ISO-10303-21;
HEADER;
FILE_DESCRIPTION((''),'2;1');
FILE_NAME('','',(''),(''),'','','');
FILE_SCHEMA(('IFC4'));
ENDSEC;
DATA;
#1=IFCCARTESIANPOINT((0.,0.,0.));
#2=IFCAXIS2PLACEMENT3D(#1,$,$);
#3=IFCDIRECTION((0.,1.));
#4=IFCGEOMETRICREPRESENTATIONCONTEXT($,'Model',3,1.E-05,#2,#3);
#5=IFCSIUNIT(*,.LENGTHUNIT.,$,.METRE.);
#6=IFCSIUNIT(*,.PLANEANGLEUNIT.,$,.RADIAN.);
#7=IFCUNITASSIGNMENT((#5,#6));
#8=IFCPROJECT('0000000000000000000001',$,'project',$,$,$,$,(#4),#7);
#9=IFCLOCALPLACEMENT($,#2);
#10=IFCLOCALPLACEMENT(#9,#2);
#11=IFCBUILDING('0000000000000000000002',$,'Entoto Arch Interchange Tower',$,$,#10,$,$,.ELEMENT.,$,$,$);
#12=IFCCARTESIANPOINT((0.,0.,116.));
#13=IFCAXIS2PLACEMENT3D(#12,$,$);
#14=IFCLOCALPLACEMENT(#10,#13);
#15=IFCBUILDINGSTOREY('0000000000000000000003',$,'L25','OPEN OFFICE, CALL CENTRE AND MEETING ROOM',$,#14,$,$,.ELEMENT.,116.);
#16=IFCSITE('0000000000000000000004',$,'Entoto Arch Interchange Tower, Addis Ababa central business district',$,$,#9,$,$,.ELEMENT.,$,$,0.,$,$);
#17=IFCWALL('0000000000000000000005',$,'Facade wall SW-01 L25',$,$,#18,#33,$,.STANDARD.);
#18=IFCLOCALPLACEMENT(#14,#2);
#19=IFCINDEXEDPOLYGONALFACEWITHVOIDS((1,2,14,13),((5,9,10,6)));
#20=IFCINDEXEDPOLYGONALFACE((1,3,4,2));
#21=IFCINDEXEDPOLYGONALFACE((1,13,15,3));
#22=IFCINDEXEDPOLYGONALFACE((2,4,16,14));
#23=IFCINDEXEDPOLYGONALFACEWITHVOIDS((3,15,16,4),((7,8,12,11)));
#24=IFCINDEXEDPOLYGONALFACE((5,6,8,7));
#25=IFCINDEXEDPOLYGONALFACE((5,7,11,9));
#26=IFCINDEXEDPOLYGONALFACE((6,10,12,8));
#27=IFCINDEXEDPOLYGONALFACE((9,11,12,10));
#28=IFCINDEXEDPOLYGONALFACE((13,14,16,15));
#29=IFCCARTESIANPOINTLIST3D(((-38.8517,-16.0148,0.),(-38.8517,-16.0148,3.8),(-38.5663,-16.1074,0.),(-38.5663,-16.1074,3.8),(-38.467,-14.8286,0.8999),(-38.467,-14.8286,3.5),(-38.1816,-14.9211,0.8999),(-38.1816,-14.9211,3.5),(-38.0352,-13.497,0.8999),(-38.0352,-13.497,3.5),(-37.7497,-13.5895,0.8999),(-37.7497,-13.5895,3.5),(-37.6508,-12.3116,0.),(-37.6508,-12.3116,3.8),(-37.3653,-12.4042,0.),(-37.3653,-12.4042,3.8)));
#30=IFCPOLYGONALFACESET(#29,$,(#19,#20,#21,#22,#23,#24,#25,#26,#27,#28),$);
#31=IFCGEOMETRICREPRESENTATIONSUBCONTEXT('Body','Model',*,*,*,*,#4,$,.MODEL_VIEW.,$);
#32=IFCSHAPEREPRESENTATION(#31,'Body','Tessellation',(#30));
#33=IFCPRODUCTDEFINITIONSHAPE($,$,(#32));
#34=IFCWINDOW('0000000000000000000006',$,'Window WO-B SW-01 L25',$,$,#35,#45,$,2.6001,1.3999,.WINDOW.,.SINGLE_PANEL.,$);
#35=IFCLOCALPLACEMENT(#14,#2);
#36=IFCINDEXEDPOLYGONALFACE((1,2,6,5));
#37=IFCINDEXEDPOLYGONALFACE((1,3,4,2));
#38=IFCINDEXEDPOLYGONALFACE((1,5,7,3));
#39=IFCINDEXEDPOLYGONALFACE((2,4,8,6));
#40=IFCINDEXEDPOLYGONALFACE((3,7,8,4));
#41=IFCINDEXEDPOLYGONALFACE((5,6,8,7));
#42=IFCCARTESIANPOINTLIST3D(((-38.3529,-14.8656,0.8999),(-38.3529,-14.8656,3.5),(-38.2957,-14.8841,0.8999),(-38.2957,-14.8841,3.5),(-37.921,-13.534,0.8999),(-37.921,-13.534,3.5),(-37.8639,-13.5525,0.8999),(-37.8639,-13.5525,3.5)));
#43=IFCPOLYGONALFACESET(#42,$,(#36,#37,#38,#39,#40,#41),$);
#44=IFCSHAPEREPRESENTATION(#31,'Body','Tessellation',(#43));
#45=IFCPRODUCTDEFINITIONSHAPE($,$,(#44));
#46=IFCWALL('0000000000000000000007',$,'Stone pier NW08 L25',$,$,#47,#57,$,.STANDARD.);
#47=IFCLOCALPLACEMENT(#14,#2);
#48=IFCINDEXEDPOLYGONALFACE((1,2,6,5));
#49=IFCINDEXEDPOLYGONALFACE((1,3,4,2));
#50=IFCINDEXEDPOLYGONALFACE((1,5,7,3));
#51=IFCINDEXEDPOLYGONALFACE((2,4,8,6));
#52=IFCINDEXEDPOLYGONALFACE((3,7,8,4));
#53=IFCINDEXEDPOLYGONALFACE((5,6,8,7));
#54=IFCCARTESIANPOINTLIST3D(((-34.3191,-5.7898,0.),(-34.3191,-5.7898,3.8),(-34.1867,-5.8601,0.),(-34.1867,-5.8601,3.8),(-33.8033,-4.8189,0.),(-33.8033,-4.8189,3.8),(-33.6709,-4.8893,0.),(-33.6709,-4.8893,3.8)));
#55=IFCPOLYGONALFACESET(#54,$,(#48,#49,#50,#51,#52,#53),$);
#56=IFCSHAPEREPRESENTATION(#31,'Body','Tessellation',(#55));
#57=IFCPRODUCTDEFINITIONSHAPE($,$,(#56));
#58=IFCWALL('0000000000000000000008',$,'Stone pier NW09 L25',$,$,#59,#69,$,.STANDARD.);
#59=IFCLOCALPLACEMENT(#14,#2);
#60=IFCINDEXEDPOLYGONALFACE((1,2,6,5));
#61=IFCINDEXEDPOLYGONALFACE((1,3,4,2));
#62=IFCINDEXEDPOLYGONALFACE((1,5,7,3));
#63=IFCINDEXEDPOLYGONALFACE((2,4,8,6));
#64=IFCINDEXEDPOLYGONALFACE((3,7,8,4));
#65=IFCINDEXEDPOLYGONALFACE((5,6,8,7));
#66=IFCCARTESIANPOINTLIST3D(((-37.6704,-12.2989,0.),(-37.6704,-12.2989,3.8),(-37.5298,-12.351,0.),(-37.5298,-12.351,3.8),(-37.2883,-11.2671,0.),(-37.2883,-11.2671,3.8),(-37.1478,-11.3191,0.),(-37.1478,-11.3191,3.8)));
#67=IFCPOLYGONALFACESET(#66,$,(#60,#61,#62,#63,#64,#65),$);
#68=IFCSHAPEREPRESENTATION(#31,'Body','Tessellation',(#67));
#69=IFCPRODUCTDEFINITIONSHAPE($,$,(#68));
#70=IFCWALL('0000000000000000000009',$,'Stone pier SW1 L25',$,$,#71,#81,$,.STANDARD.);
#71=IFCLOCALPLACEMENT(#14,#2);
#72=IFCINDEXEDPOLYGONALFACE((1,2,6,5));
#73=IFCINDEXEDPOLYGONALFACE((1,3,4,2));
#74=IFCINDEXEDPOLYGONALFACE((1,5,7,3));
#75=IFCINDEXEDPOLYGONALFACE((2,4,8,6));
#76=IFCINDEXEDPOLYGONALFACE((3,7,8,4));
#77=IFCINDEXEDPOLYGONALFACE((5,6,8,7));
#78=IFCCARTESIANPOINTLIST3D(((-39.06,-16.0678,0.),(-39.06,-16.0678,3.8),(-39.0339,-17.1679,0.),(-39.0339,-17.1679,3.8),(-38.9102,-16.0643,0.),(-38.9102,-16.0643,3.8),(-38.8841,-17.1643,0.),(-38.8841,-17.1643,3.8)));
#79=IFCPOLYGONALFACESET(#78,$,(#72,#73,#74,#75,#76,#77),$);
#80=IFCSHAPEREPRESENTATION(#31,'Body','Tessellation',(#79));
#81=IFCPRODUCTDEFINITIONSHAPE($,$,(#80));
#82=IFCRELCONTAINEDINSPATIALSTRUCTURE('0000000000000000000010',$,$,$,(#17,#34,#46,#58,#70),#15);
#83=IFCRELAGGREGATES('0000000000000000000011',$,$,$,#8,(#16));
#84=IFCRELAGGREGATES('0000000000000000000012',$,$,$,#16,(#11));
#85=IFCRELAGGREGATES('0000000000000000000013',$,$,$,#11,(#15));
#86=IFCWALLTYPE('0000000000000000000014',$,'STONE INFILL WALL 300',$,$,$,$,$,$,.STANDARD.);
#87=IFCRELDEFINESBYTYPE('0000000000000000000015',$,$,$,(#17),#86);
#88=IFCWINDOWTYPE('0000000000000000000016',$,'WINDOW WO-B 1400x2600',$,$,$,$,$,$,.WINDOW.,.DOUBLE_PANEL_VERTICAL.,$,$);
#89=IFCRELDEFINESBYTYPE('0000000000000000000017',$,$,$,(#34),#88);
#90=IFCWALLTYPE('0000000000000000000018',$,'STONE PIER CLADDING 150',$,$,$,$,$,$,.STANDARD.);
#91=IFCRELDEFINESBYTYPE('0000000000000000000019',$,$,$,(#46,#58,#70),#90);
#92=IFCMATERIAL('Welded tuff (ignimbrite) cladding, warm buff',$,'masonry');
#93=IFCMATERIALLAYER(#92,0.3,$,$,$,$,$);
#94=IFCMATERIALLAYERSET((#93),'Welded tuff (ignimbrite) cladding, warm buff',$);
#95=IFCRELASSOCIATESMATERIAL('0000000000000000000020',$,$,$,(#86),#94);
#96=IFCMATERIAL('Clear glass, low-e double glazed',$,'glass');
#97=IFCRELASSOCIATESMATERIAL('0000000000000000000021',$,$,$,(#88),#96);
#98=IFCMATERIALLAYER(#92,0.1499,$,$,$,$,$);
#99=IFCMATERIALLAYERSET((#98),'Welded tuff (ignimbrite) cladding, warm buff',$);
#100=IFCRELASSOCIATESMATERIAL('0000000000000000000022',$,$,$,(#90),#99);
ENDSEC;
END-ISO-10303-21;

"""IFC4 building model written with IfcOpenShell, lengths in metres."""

from ifc_helpers import new_model, si_unit, direction, frame, frame_2d, origin, place, context, subcontext, project, spatial, rectangle, extrude, material, layer, layer_set, type_object, element, fill, save


model = new_model("IFC4")

# Units and contexts
model_context = context("Model", 3, precision=1e-05, world=origin(), true_north=direction((0.0, 1.0)))
body_context = subcontext(model_context, "Body", "Model", "MODEL_VIEW")
ifc_project = project(units=[si_unit("LENGTHUNIT", "METRE"), si_unit("PLANEANGLEUNIT", "RADIAN")], contexts=[model_context])

# Site, building, storey
site_placement = place(None, origin())
site = spatial("IfcSite", under=ifc_project, at=site_placement, Name="Entoto Arch Interchange Tower, Addis Ababa central business district", CompositionType="ELEMENT", RefElevation=0.0)
building_placement = place(site_placement, origin())
building = spatial("IfcBuilding", under=site, at=building_placement, Name="Entoto Arch Interchange Tower", CompositionType="ELEMENT")
storey_placement = place(building_placement, frame((0.0, 0.0, 116.0)))
storey = spatial("IfcBuildingStorey", under=building, at=storey_placement, Name="L25", Description="OPEN OFFICE, CALL CENTRE AND MEETING ROOM", CompositionType="ELEMENT", Elevation=116.0)

# Shared definitions
ifc_material_1 = material(Name="Welded tuff (ignimbrite) cladding, warm buff", Category="masonry")
ifc_layer_1 = layer(ifc_material_1, 0.3)
ifc_layer_set_1 = layer_set([ifc_layer_1], Name="Welded tuff (ignimbrite) cladding, warm buff")
wall_type_1 = type_object("IfcWallType", Name="STONE INFILL WALL 300", PredefinedType="STANDARD", material=ifc_layer_set_1)
ifc_material_2 = material(Name="Clear glass, low-e double glazed", Category="glass")

# Wall, opening, window
wall_1_placement = place(storey_placement, frame((-37.5081, -12.3579, 0.0), z_axis=(0.0, 0.0, 1.0), x_axis=(-0.308485, -0.951229, 0.0)))
wall_1 = element("IfcWall", 1, at=wall_1_placement, inside=storey, type_object=wall_type_1, Name="Facade wall SW-01 L25", PredefinedType="STANDARD", context=body_context, shape_type="SweptSolid", body=[
    extrude(rectangle(XDim=3.8931, YDim=0.3, at=frame_2d((1.9465, 0.0))), origin(), (0.0, 0.0, 1.0), 3.8),
])
opening_1_placement = place(wall_1_placement, frame((1.2461, 0.0, 0.8999)))
opening_1 = element("IfcOpeningElement", 2, at=opening_1_placement, cuts=wall_1, PredefinedType="OPENING", context=body_context, shape_type="SweptSolid", body=[
    extrude(rectangle(XDim=1.3999, YDim=2.6001, at=frame_2d((0.7, 1.3))), frame((0.0, 0.1602, 0.0), z_axis=(0.0, -1.0, 0.0), x_axis=(1.0, 0.0, 0.0)), (0.0, 0.0, 1.0), 0.3201),
])
window_type_1 = type_object("IfcWindowType", Name="WINDOW WO-B 1400x2600", PartitioningType="DOUBLE_PANEL_VERTICAL", PredefinedType="WINDOW", material=ifc_material_2)
window_1_placement = place(opening_1_placement, origin())
window_1 = element("IfcWindow", 3, at=window_1_placement, inside=storey, type_object=window_type_1, Name="Window WO-B SW-01 L25", OverallHeight=2.6001, OverallWidth=1.3999, PartitioningType="SINGLE_PANEL", PredefinedType="WINDOW", context=body_context, shape_type="SweptSolid", body=[
    extrude(rectangle(XDim=1.3999, YDim=2.6001, at=frame_2d((0.7, 1.3))), frame((0.0, 0.03, 0.0), z_axis=(0.0, -1.0, 0.0), x_axis=(1.0, 0.0, 0.0)), (0.0, 0.0, 1.0), 0.0601),
])
fill(opening_1, window_1)

# Walls
ifc_layer_2 = layer(ifc_material_1, 0.1499)
ifc_layer_set_2 = layer_set([ifc_layer_2], Name="Welded tuff (ignimbrite) cladding, warm buff")
wall_type_2 = type_object("IfcWallType", Name="STONE PIER CLADDING 150", PredefinedType="STANDARD", material=ifc_layer_set_2)
wall_2_placement = place(storey_placement, frame((-33.7371, -4.854, 0.0), z_axis=(0.0, 0.0, 1.0), x_axis=(-0.469193, -0.883096, 0.0)))
element("IfcWall", 4, at=wall_2_placement, inside=storey, type_object=wall_type_2, Name="Stone pier NW08 L25", PredefinedType="STANDARD", context=body_context, shape_type="SweptSolid", body=[
    extrude(rectangle(XDim=1.0994, YDim=0.1499, at=frame_2d((0.5498, 0.0))), origin(), (0.0, 0.0, 1.0), 3.8),
])
for number, where, z_axis, x_axis, name in (
    (5, (-37.218, -11.293, 0.0), (0.0, 0.0, 1.0), (-0.347206, -0.937789, 0.0), "Stone pier NW09 L25"),
    (6, (-38.9851, -16.0659, 0.0), (0.0, 0.0, 1.0), (0.023739, -0.999718, 0.0), "Stone pier SW1 L25"),
):
    element("IfcWall", number, at=place(storey_placement, frame(where, z_axis=z_axis, x_axis=x_axis)), inside=storey, type_object=wall_type_2, Name=name, PredefinedType="STANDARD", context=body_context, shape_type="SweptSolid", body=[
        extrude(rectangle(XDim=1.1003, YDim=0.1499, at=frame_2d((0.5503, 0.0))), origin(), (0.0, 0.0, 1.0), 3.8),
    ])

save(model, "model.ifc")
